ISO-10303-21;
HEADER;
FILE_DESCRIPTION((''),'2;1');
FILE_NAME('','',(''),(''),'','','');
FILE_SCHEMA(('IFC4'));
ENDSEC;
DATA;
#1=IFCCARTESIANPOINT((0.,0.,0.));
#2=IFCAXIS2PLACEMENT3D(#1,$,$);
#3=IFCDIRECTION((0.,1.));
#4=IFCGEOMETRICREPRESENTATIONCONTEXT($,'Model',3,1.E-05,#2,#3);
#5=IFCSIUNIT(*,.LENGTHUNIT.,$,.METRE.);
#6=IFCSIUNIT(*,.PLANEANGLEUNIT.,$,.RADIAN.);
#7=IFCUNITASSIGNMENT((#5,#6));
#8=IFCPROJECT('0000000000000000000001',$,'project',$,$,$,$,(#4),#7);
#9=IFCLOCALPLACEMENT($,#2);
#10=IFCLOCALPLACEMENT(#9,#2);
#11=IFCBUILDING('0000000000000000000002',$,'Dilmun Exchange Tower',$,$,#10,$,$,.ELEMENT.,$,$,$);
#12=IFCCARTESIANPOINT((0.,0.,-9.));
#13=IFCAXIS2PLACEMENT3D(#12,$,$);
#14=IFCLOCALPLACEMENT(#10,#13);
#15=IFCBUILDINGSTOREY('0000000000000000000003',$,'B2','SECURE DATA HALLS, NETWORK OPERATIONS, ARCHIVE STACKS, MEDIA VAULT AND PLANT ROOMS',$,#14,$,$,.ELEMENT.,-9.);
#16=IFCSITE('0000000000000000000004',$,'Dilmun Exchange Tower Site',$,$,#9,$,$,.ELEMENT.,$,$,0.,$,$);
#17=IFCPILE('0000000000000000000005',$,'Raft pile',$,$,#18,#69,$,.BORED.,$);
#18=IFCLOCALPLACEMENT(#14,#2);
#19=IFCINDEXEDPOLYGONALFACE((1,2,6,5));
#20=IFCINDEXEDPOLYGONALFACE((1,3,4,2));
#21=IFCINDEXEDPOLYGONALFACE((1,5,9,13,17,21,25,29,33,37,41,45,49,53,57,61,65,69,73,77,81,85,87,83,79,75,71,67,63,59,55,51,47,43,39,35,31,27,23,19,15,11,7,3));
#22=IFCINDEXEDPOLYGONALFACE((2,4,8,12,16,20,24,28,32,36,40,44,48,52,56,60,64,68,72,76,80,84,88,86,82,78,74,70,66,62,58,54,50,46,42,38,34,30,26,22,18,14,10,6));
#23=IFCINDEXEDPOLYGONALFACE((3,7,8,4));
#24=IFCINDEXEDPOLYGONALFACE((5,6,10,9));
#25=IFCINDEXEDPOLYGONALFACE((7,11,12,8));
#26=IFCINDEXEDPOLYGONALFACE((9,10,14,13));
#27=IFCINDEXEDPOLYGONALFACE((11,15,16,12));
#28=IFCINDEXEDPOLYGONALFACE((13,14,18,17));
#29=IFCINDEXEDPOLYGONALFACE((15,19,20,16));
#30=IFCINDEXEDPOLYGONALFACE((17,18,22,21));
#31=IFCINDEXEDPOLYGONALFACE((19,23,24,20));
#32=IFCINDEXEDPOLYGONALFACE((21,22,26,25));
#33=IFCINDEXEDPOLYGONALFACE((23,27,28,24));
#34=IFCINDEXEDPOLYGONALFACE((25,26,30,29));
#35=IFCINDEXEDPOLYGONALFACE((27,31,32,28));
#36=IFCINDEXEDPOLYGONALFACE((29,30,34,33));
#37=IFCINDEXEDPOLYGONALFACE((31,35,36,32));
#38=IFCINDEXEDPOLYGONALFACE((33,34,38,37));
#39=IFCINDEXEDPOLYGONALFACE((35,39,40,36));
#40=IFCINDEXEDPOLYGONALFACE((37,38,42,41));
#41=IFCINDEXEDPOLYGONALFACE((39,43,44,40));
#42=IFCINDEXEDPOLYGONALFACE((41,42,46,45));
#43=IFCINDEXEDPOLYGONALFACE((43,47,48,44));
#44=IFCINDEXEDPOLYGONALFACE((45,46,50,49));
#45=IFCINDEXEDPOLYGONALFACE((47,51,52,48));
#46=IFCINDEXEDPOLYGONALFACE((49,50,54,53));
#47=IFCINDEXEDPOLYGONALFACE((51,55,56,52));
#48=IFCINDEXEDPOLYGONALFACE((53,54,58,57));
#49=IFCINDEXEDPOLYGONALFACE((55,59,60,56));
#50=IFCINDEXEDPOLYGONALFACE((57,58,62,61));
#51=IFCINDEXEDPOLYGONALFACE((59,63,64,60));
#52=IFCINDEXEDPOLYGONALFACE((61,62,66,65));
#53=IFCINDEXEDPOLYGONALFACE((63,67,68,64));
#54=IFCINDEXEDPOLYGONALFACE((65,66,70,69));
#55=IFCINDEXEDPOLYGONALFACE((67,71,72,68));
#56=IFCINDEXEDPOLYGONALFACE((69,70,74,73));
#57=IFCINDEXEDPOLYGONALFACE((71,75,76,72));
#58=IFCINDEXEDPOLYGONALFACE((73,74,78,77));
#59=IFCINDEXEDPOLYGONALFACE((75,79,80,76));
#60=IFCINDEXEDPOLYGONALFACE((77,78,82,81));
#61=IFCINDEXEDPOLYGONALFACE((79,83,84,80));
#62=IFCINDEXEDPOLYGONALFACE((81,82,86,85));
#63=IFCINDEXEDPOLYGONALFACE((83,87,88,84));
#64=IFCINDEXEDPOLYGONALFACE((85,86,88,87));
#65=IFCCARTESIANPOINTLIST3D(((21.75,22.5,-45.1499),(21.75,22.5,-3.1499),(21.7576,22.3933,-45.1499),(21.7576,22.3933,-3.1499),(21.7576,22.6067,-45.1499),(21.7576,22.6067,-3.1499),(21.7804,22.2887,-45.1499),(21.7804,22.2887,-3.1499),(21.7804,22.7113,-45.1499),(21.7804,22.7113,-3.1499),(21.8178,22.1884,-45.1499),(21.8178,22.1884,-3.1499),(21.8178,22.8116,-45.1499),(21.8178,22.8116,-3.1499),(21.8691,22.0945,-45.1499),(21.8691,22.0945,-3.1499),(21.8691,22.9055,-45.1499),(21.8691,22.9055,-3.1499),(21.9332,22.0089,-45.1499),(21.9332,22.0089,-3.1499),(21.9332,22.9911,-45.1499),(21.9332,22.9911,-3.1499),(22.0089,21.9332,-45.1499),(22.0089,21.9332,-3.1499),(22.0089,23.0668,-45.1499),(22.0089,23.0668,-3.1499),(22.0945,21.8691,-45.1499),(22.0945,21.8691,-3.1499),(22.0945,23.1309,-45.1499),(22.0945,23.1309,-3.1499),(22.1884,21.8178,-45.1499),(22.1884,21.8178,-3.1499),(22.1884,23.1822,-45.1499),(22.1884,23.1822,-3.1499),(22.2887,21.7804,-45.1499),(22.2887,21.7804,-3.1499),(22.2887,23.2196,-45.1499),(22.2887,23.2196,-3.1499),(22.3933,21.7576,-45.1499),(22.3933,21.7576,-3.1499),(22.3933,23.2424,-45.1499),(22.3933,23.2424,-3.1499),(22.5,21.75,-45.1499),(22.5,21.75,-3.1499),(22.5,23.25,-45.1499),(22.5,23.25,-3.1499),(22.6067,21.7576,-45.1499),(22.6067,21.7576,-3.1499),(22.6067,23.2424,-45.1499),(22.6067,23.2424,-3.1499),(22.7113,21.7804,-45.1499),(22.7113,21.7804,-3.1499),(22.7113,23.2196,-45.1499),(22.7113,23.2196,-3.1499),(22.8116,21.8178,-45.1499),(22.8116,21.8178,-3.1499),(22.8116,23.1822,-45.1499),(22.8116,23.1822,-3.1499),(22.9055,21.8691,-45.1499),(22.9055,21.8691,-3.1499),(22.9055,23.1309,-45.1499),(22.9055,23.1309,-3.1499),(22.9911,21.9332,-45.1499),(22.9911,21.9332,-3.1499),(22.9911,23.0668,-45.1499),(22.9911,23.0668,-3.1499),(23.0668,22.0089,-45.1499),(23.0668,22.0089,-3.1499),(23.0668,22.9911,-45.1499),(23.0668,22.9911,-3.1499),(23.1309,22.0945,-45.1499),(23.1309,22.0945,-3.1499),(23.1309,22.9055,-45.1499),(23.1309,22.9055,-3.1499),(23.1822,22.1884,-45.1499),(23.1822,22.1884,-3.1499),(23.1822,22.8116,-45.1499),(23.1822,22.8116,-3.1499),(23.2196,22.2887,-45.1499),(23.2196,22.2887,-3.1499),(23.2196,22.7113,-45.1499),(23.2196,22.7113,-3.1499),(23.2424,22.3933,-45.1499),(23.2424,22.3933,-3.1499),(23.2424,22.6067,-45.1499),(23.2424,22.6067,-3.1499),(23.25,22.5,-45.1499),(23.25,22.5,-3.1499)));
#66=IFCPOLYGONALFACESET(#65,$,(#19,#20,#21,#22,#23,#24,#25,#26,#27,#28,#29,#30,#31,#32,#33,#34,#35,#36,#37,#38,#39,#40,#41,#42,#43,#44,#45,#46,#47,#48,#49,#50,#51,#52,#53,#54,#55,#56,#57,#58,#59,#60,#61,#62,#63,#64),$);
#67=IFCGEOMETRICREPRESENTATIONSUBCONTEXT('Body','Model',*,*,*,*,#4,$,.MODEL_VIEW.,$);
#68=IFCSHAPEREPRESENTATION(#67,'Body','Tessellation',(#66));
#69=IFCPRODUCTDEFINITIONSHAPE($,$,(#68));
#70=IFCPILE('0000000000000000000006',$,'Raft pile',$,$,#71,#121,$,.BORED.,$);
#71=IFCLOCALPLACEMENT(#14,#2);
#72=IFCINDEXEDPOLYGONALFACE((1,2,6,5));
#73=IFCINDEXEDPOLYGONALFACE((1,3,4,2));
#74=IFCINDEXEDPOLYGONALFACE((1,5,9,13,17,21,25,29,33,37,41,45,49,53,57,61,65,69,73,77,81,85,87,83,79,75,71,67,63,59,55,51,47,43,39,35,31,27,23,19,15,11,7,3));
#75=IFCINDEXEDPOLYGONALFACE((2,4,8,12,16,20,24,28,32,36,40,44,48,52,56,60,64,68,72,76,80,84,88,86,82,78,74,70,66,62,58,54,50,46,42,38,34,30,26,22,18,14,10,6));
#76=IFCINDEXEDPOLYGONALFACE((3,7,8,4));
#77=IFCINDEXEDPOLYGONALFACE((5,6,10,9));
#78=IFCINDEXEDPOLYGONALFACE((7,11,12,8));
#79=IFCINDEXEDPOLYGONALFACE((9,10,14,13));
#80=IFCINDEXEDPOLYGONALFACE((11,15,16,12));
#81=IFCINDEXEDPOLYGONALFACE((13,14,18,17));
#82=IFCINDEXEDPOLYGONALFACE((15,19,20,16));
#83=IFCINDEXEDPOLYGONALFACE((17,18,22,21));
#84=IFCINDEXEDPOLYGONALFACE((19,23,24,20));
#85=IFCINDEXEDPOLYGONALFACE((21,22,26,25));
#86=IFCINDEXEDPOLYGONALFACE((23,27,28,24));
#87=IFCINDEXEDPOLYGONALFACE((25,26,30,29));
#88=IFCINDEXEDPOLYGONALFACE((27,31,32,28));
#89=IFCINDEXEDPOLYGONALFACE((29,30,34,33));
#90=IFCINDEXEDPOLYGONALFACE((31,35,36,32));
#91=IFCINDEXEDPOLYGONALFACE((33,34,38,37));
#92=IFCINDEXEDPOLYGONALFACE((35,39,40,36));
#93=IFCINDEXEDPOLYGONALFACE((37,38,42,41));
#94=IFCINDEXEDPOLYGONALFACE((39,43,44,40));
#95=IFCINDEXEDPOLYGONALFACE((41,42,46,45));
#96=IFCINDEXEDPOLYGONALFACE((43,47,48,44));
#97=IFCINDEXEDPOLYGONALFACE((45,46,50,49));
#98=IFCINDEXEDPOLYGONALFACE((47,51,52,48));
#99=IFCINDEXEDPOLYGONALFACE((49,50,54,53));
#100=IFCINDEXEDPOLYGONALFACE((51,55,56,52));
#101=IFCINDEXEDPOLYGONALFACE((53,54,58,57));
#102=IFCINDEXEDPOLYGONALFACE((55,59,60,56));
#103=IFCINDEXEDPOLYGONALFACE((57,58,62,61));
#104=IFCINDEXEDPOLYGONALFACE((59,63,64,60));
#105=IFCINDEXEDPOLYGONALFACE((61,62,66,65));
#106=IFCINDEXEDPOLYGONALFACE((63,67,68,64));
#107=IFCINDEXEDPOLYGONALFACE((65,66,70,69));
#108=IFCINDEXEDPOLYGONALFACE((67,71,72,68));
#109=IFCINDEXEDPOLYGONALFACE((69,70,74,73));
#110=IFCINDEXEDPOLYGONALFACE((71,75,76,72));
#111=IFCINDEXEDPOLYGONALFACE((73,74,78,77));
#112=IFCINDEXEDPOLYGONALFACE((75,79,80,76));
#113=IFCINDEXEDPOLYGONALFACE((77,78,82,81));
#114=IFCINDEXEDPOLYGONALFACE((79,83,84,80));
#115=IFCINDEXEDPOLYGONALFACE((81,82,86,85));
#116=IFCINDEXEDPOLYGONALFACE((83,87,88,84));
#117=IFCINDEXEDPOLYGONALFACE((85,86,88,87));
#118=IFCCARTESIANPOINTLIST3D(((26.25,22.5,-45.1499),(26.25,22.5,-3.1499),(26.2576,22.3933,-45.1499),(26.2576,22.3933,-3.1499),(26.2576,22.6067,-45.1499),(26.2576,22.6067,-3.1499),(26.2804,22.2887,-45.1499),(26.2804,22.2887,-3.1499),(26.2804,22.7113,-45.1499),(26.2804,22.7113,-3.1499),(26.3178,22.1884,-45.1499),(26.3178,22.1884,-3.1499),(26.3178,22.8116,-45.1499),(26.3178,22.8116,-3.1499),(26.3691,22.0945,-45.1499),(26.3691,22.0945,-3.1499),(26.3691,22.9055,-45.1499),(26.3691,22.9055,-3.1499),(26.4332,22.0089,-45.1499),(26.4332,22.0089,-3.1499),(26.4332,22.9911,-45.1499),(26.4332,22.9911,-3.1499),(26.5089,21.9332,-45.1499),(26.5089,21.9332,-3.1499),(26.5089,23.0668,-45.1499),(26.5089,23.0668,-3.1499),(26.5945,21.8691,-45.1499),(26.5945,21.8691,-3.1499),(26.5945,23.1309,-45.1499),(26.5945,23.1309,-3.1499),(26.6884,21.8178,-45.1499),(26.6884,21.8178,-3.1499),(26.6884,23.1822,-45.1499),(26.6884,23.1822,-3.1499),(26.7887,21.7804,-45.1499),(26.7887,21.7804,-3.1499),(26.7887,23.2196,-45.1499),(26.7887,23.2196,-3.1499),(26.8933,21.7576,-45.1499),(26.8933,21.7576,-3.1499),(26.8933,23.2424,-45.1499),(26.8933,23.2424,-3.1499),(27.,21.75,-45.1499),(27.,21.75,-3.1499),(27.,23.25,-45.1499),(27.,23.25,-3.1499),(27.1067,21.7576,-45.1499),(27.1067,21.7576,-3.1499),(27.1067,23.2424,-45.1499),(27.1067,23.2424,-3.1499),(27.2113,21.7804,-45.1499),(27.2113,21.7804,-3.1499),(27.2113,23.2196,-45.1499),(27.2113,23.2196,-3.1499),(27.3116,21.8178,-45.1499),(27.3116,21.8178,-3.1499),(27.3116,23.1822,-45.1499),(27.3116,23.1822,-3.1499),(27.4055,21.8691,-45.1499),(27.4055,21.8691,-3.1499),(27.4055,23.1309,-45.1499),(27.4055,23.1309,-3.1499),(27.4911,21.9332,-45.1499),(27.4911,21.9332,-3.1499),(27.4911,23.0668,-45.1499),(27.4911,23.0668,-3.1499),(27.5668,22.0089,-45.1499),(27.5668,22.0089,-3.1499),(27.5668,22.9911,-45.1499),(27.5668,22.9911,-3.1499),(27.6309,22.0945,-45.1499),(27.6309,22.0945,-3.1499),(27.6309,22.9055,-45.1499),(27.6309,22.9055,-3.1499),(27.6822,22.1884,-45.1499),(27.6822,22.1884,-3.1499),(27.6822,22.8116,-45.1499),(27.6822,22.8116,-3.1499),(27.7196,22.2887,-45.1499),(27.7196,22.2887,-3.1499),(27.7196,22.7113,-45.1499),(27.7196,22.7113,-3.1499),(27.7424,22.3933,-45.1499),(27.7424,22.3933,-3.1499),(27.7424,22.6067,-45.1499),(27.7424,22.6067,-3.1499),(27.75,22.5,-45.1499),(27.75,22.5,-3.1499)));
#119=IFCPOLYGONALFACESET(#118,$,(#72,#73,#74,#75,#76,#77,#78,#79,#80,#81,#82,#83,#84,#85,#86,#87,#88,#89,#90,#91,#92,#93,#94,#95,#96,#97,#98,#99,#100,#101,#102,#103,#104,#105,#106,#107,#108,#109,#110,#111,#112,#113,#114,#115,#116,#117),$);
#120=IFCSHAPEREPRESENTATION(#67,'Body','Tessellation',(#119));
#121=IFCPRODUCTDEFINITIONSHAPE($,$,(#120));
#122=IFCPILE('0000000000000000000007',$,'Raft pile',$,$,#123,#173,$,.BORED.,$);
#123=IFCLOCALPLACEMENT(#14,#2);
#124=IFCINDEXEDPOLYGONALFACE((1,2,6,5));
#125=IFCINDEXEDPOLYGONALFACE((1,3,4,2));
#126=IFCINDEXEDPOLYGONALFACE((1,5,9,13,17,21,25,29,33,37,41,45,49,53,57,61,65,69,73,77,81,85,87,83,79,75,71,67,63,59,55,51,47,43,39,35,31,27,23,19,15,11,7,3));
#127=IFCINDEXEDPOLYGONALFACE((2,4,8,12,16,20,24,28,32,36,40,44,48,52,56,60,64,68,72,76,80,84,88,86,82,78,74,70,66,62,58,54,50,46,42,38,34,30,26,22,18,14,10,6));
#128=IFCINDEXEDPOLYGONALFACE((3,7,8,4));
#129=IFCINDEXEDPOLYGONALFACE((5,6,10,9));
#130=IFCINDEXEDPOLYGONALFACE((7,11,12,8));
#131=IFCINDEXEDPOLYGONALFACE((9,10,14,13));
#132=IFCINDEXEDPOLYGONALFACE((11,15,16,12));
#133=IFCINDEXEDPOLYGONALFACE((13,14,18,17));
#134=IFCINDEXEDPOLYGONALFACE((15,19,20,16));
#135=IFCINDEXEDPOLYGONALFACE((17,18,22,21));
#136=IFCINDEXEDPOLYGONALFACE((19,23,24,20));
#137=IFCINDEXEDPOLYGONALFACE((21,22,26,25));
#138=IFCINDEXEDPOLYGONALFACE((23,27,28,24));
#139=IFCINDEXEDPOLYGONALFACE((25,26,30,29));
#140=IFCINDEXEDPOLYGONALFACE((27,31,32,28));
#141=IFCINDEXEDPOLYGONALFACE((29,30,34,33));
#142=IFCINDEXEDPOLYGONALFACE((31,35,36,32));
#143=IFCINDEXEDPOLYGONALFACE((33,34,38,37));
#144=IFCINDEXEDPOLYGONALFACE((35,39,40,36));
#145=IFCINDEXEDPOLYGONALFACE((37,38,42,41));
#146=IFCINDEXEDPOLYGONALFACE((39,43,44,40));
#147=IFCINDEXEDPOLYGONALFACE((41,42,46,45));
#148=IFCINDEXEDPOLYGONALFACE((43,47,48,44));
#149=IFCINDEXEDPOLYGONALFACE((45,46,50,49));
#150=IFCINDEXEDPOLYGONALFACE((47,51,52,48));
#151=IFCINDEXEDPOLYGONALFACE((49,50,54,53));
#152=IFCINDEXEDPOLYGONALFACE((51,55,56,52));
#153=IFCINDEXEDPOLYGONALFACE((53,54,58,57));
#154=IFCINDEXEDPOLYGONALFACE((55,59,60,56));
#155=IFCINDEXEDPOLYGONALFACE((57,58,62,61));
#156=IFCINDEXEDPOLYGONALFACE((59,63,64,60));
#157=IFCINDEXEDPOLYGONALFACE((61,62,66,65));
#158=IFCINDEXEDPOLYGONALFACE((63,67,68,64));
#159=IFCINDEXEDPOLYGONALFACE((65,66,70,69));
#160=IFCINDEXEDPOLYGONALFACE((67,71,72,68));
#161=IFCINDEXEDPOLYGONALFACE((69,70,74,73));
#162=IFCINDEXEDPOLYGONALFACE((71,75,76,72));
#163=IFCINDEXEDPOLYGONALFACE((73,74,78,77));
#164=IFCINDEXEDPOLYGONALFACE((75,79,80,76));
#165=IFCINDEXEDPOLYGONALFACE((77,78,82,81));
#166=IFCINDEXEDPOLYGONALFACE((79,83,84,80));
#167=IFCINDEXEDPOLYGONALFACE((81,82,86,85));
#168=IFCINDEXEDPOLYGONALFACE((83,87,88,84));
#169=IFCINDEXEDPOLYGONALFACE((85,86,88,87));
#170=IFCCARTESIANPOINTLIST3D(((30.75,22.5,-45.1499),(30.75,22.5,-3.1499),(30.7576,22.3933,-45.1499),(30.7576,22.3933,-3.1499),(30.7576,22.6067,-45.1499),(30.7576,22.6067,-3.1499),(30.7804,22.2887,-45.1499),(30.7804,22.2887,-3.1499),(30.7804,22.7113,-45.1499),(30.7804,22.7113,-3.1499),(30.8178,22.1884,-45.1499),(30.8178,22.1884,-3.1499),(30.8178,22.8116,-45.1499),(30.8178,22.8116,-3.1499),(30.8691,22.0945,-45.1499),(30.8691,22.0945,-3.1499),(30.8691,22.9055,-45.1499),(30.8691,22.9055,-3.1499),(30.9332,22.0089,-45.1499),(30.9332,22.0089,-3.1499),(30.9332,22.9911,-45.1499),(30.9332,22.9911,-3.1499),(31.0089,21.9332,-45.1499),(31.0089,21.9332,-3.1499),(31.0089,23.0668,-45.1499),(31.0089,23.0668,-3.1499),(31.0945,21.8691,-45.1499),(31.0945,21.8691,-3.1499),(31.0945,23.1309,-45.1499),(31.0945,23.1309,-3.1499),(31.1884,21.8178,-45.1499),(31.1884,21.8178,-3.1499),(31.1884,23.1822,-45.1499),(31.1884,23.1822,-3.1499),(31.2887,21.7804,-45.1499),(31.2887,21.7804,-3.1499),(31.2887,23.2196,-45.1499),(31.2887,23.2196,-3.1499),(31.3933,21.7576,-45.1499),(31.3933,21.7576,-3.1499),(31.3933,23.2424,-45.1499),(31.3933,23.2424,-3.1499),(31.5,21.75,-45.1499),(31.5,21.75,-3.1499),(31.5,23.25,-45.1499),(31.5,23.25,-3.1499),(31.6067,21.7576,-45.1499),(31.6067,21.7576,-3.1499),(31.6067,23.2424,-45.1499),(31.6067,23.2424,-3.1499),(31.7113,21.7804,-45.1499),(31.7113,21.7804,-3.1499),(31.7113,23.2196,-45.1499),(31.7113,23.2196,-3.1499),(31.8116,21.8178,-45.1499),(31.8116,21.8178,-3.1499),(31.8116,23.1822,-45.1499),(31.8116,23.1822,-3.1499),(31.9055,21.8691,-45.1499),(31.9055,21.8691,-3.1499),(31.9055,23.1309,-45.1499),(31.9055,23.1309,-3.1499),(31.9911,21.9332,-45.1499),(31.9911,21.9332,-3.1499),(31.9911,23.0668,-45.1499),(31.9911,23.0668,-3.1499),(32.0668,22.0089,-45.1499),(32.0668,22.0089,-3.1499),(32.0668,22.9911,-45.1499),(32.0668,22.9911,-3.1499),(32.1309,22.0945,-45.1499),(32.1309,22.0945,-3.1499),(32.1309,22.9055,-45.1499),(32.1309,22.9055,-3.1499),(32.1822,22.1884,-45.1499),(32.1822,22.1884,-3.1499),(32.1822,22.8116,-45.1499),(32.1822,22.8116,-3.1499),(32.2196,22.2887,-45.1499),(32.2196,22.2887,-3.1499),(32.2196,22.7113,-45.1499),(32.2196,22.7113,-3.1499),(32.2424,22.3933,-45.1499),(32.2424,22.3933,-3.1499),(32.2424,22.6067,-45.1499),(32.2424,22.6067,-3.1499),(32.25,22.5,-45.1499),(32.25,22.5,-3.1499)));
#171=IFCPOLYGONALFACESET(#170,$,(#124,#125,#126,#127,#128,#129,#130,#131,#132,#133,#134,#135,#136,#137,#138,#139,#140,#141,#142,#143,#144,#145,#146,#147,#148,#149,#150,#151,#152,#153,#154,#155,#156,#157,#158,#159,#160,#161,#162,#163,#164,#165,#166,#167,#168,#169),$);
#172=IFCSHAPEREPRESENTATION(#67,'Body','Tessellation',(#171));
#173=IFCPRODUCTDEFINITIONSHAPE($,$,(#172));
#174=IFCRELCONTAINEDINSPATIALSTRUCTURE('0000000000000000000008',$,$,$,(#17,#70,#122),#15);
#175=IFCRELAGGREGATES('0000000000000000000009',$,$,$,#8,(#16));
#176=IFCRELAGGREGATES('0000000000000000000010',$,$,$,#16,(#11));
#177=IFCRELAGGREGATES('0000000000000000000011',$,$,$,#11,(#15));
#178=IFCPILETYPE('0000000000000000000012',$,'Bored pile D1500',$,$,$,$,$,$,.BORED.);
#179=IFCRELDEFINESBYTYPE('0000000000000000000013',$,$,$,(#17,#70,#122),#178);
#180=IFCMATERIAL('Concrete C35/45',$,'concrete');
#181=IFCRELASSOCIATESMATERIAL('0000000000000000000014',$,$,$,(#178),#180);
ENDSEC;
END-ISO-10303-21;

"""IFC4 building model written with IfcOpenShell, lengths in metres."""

from ifc_helpers import new_model, si_unit, direction, frame, origin, origin_2d, place, context, subcontext, project, spatial, circle, extrude, material, material_profile, profile_set, type_object, element, save


model = new_model("IFC4")

# Units and contexts
model_context = context("Model", 3, precision=1e-05, world=origin(), true_north=direction((0.0, 1.0)))
body_context = subcontext(model_context, "Body", "Model", "MODEL_VIEW")
ifc_project = project(units=[si_unit("LENGTHUNIT", "METRE"), si_unit("PLANEANGLEUNIT", "RADIAN")], contexts=[model_context])

# Site, building, storey
site_placement = place(None, origin())
site = spatial("IfcSite", under=ifc_project, at=site_placement, Name="Dilmun Exchange Tower Site", CompositionType="ELEMENT", RefElevation=0.0)
building_placement = place(site_placement, origin())
building = spatial("IfcBuilding", under=site, at=building_placement, Name="Dilmun Exchange Tower", CompositionType="ELEMENT")
storey_placement = place(building_placement, frame((0.0, 0.0, -9.0)))
storey = spatial("IfcBuildingStorey", under=building, at=storey_placement, Name="B2", Description="SECURE DATA HALLS, NETWORK OPERATIONS, ARCHIVE STACKS, MEDIA VAULT AND PLANT ROOMS", CompositionType="ELEMENT", Elevation=-9.0)

# Piles
ifc_material_1 = material(Name="Concrete C35/45", Category="concrete")
ifc_material_profile_1 = material_profile(ifc_material_1, circle(Radius=0.75, at=origin_2d()), Name="D1500")
ifc_profile_set_1 = profile_set([ifc_material_profile_1], Name="Concrete C35/45")
pile_type = type_object("IfcPileType", Name="Bored pile D1500", PredefinedType="BORED", material=ifc_profile_set_1)
for number, where, z_axis, x_axis, name in (
    (1, (22.5, 22.5, -3.1499), (0.0, 0.0, -1.0), (1.0, 0.0, 0.0), "Raft pile"),
    (2, (27.0, 22.5, -3.1499), (0.0, 0.0, -1.0), (1.0, 0.0, 0.0), "Raft pile"),
    (3, (31.5, 22.5, -3.1499), (0.0, 0.0, -1.0), (1.0, 0.0, 0.0), "Raft pile"),
):
    element("IfcPile", number, at=place(storey_placement, frame(where, z_axis=z_axis, x_axis=x_axis)), inside=storey, type_object=pile_type, Name=name, PredefinedType="BORED", context=body_context, shape_type="SweptSolid", body=[
        extrude(circle(Radius=0.75, at=origin_2d()), origin(), (0.0, 0.0, 1.0), 42.0),
    ])

save(model, "model.ifc")
